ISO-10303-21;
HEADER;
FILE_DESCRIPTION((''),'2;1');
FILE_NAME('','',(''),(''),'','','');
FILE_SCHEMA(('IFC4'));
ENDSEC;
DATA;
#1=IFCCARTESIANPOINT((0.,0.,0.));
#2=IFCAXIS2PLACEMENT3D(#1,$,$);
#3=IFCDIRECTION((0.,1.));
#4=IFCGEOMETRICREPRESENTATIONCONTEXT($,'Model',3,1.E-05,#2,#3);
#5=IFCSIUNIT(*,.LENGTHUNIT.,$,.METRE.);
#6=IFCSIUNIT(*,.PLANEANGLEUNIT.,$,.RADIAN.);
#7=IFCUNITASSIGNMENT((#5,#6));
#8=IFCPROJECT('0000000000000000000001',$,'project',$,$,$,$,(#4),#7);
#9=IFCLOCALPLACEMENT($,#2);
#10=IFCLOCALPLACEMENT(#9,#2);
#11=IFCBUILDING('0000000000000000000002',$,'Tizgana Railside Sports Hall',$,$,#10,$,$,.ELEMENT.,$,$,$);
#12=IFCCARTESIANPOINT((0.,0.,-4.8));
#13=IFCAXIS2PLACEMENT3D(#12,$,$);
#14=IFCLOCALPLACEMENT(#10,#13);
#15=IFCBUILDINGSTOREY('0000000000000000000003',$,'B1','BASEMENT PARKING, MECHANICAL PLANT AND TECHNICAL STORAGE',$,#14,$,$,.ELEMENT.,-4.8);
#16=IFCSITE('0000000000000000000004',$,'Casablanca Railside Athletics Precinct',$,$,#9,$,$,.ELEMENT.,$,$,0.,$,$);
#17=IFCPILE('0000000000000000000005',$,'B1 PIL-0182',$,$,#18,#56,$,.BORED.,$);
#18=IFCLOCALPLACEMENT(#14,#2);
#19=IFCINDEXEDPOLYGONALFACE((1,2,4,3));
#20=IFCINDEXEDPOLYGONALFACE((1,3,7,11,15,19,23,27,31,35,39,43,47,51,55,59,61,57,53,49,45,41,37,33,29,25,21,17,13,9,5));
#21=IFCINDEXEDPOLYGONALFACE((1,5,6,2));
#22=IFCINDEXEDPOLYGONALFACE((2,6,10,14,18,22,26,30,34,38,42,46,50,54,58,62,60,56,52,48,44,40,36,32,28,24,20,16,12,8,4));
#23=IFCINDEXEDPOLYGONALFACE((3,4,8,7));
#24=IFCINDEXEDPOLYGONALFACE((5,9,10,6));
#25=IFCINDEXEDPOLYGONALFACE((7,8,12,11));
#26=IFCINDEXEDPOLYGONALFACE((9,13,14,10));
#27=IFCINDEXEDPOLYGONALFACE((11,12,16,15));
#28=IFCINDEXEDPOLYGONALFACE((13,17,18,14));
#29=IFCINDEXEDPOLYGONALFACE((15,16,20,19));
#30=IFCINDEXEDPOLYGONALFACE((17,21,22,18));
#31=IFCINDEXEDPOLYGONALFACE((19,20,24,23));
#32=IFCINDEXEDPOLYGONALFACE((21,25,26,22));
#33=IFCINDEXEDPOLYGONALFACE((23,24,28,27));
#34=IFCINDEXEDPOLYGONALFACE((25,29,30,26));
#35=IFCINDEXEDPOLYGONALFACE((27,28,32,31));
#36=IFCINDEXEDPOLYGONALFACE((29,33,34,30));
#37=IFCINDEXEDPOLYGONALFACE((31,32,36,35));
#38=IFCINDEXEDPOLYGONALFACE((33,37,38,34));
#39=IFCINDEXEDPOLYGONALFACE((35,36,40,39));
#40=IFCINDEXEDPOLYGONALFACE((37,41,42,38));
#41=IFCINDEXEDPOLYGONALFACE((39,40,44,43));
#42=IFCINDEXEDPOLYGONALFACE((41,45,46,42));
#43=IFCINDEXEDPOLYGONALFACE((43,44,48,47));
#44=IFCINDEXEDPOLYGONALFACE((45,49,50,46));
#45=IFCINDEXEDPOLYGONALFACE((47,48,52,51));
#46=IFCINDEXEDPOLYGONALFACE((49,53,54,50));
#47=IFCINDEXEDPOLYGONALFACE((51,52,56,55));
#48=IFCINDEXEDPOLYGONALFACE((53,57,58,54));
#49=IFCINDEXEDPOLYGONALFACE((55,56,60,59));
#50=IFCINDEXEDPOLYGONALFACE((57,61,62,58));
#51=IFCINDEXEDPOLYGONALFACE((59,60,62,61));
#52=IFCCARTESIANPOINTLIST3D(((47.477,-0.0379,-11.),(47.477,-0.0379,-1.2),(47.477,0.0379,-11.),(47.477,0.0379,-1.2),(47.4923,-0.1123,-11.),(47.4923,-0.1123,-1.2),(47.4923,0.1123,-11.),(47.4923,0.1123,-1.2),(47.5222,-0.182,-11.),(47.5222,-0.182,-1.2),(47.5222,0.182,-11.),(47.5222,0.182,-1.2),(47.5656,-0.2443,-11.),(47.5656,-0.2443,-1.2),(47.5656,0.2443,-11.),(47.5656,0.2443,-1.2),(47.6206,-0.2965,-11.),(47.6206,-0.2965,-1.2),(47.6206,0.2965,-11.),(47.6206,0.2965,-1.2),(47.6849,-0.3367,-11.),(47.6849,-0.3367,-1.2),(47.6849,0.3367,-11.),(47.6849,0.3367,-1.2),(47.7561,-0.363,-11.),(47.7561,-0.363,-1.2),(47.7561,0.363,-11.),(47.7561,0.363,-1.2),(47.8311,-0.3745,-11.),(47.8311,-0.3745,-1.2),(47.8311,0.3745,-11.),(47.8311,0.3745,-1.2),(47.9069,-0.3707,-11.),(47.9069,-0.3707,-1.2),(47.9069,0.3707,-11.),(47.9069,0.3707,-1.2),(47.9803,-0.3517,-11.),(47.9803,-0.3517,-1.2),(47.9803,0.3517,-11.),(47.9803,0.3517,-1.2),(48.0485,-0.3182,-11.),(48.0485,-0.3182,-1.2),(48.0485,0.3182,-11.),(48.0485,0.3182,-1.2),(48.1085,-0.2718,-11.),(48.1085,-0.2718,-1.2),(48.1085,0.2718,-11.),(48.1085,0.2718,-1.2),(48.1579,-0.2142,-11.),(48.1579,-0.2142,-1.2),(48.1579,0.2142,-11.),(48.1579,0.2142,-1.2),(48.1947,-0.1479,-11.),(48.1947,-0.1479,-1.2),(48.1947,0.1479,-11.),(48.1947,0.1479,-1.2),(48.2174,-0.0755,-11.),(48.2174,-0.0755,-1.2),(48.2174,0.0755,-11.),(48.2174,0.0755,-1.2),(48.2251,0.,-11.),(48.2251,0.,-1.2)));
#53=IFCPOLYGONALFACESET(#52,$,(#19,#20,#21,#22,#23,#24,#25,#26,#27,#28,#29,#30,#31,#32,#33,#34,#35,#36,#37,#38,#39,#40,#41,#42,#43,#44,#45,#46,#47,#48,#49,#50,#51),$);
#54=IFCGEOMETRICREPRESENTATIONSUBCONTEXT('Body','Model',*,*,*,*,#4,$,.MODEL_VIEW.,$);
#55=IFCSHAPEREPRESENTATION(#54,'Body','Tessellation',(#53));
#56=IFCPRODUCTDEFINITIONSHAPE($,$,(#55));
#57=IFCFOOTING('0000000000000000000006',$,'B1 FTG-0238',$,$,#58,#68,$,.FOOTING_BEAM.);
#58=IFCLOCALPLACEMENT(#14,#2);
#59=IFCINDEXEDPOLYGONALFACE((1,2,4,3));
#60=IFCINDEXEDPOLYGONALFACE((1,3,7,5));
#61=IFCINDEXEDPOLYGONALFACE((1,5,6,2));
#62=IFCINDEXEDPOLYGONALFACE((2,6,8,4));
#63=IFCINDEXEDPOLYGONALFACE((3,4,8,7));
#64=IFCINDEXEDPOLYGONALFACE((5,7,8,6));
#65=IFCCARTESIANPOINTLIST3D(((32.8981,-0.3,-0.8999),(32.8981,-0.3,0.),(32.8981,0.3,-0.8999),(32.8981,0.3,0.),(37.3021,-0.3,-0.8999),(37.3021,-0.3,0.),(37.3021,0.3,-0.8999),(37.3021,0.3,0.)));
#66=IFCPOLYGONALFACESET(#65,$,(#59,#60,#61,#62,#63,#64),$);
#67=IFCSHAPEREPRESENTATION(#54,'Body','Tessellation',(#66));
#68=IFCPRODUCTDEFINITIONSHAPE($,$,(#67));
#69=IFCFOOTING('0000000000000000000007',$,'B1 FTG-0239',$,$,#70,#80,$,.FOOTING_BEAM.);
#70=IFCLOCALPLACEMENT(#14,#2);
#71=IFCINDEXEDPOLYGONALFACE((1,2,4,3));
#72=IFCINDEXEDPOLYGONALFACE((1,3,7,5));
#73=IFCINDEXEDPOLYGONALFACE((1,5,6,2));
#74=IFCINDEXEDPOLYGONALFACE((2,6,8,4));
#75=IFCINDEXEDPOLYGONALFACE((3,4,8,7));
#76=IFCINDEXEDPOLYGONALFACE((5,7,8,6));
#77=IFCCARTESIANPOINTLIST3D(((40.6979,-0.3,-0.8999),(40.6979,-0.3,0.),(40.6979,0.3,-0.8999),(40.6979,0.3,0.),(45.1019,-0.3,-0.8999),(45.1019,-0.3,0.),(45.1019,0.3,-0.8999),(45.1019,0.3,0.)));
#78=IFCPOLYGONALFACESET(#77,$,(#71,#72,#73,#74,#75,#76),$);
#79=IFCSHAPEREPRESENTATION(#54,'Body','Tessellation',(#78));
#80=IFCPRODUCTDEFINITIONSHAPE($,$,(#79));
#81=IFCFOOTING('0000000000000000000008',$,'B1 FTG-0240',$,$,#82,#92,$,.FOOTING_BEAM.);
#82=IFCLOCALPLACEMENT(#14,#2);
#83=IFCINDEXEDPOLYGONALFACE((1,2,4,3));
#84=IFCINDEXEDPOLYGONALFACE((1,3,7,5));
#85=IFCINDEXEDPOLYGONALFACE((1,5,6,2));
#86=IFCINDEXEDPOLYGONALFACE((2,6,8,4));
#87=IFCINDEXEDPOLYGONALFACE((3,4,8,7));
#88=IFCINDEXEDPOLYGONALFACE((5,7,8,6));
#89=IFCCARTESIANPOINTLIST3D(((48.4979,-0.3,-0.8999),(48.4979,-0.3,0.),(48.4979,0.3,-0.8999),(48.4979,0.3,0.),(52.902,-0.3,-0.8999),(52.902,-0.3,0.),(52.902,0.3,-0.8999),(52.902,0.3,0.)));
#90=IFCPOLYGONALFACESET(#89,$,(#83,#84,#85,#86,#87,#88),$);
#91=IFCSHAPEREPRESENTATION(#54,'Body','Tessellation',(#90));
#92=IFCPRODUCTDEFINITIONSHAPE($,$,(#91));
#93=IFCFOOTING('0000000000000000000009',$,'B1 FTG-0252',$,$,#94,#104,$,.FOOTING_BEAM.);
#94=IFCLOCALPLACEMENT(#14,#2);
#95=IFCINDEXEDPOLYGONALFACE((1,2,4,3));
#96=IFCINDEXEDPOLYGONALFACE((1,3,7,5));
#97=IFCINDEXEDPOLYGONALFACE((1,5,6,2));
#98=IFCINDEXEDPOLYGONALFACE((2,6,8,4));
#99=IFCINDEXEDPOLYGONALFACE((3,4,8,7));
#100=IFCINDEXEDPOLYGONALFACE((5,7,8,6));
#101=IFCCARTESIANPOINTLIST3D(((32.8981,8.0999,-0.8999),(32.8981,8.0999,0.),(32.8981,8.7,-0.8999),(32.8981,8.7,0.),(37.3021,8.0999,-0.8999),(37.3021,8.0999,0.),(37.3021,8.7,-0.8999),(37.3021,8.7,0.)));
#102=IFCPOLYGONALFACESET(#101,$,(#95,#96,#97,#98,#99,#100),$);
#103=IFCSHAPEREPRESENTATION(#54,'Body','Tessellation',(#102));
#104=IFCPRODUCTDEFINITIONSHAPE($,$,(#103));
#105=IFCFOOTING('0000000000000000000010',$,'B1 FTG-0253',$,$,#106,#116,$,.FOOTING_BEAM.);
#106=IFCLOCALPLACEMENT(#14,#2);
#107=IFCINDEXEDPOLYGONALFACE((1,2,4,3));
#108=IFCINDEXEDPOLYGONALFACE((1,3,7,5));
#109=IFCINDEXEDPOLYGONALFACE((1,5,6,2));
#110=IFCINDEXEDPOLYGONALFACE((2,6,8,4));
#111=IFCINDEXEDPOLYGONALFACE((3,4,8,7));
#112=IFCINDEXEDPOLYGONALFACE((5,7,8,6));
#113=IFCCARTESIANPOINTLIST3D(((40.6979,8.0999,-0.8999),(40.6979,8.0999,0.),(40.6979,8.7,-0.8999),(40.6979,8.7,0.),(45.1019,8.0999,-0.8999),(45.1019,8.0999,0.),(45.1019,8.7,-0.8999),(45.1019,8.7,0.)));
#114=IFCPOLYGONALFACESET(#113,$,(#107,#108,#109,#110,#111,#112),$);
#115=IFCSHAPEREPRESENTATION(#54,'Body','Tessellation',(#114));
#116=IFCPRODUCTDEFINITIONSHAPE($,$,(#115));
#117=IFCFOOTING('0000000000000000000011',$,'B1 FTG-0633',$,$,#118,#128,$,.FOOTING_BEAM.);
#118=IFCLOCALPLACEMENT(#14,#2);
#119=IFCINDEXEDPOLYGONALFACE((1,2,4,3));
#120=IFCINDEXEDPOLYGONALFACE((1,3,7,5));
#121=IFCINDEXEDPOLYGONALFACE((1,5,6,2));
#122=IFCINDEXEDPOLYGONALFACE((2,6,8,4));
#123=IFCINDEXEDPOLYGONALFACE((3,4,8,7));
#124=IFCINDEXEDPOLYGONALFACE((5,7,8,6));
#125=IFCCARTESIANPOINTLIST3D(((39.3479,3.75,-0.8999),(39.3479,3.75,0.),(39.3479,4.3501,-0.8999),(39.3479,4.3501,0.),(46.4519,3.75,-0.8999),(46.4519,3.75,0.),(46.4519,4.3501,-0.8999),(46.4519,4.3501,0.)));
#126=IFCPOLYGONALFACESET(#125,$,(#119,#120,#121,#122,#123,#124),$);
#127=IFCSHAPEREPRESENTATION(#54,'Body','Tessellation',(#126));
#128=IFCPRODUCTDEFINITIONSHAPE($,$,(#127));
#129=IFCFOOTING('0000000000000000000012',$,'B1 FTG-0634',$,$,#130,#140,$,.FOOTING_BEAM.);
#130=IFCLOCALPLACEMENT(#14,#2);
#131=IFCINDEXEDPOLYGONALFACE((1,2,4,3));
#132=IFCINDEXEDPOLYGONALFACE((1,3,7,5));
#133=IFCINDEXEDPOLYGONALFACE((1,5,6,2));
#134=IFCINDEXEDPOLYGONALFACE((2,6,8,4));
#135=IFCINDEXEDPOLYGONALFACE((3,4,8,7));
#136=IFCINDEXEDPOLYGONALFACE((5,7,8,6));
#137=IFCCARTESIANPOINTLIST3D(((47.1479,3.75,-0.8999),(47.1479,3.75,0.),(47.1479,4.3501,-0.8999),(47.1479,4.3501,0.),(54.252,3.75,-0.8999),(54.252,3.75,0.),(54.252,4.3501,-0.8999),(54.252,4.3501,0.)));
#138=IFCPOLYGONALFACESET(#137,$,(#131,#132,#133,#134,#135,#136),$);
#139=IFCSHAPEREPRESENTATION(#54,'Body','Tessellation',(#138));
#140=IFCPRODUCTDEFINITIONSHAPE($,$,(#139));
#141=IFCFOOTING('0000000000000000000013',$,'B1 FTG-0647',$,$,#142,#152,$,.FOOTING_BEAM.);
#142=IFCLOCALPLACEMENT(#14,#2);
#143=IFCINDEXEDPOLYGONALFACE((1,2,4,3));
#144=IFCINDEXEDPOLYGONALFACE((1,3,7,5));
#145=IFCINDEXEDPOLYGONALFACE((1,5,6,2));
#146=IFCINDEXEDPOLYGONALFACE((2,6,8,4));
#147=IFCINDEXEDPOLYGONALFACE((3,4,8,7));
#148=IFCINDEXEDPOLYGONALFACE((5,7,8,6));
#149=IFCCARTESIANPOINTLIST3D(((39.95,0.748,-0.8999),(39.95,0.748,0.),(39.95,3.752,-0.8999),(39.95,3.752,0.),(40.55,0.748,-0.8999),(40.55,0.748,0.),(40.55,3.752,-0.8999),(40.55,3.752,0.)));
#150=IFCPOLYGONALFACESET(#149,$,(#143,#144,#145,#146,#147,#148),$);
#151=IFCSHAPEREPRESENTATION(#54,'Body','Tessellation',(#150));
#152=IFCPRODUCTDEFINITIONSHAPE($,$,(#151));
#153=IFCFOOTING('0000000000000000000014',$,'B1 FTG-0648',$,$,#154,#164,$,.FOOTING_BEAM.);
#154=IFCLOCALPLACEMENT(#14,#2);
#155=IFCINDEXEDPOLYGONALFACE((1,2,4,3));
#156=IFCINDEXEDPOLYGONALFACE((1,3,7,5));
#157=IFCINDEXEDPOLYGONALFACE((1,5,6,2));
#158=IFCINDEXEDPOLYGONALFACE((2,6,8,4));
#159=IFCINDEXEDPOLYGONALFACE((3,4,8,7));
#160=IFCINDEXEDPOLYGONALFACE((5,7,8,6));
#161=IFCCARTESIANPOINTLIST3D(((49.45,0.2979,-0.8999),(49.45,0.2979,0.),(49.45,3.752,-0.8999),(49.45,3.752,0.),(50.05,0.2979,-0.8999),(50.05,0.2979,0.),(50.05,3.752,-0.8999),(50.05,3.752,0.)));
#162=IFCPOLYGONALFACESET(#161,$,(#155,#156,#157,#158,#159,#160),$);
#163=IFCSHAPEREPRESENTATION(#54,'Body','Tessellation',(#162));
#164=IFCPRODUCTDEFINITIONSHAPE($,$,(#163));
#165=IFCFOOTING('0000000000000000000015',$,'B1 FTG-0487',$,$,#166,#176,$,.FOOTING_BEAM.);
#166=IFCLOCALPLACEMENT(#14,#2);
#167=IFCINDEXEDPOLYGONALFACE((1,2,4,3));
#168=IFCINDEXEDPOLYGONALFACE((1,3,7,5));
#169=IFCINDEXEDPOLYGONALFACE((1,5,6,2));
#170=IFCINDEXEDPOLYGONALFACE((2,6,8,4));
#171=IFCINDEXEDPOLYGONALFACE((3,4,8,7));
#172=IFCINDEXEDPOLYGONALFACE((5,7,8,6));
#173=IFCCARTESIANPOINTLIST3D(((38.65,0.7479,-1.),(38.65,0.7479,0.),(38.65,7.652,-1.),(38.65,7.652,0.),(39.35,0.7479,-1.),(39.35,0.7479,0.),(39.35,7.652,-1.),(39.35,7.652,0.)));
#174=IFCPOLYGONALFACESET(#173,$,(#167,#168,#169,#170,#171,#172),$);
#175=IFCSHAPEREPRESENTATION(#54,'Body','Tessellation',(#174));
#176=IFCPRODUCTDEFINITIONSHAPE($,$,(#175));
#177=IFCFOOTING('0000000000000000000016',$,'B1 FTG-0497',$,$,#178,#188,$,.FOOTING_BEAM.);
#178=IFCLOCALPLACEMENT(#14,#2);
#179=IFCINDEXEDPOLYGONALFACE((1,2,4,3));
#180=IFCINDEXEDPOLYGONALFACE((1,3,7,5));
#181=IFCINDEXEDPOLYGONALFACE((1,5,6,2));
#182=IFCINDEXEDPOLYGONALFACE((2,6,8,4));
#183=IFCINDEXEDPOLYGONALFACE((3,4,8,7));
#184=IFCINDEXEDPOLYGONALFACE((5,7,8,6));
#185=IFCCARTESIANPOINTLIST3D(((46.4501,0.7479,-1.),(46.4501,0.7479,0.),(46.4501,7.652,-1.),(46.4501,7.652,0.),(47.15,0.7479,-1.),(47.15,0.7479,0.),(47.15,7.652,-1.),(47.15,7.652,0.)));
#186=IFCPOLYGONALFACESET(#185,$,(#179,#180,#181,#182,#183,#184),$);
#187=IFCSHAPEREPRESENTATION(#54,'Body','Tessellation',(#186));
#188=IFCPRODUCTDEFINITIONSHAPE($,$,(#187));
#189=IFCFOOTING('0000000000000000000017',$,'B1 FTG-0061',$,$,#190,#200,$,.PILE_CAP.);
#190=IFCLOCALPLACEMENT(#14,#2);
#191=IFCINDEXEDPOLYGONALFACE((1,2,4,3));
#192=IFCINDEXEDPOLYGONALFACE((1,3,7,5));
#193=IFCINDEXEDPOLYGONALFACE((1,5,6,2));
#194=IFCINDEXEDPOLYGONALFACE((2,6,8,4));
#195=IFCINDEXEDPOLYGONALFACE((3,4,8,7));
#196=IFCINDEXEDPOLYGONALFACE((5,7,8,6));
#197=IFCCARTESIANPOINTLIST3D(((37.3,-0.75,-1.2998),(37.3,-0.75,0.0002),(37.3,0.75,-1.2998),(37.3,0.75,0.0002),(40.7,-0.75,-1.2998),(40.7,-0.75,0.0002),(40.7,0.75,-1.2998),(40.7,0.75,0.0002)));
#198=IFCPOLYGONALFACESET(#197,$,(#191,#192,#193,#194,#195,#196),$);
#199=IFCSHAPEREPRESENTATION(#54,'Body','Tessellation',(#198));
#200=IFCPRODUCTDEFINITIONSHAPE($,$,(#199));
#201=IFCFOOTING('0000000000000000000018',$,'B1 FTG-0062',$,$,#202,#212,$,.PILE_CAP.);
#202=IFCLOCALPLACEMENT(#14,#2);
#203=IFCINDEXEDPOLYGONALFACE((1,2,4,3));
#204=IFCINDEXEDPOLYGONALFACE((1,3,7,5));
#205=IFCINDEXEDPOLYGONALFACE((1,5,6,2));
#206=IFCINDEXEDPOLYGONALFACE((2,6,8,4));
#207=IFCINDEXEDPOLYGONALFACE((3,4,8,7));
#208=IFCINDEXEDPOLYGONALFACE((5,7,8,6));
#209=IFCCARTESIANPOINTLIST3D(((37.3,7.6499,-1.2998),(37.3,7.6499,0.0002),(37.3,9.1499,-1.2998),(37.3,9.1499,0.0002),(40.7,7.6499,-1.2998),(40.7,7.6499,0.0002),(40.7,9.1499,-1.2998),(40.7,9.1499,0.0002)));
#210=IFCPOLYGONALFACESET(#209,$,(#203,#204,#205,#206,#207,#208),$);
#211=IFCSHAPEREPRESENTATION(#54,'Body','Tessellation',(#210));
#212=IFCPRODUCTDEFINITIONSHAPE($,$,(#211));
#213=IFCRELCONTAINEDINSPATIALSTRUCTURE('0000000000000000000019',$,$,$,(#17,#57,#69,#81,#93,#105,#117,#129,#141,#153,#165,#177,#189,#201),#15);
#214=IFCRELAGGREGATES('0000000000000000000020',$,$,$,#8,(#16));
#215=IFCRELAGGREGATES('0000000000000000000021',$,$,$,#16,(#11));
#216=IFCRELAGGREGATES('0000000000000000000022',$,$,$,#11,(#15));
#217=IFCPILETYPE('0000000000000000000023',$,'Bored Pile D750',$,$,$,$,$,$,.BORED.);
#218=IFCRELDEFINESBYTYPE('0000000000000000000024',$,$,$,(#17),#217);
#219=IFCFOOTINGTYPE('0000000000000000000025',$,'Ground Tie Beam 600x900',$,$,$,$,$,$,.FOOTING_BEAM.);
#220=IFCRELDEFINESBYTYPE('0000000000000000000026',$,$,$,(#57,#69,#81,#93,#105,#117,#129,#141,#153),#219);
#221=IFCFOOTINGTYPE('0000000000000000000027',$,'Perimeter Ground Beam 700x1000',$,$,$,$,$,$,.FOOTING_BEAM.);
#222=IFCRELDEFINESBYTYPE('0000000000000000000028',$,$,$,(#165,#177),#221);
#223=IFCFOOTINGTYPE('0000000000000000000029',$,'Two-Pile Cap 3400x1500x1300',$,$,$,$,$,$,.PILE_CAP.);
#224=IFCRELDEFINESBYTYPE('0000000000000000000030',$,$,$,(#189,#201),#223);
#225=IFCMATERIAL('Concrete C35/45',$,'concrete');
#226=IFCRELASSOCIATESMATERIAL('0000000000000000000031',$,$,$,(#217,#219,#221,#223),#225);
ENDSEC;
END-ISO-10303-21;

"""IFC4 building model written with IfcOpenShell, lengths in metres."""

from ifc_helpers import new_model, si_unit, direction, frame, origin, origin_2d, place, context, subcontext, project, spatial, rectangle, circle, extrude, material, material_profile, profile_set, type_object, element, save


model = new_model("IFC4")

# Units and contexts
model_context = context("Model", 3, precision=1e-05, world=origin(), true_north=direction((0.0, 1.0)))
body_context = subcontext(model_context, "Body", "Model", "MODEL_VIEW")
ifc_project = project(units=[si_unit("LENGTHUNIT", "METRE"), si_unit("PLANEANGLEUNIT", "RADIAN")], contexts=[model_context])

# Site, building, storey
site_placement = place(None, origin())
site = spatial("IfcSite", under=ifc_project, at=site_placement, Name="Casablanca Railside Athletics Precinct", CompositionType="ELEMENT", RefElevation=0.0)
building_placement = place(site_placement, origin())
building = spatial("IfcBuilding", under=site, at=building_placement, Name="Tizgana Railside Sports Hall", CompositionType="ELEMENT")
storey_placement = place(building_placement, frame((0.0, 0.0, -4.8)))
storey = spatial("IfcBuildingStorey", under=building, at=storey_placement, Name="B1", Description="BASEMENT PARKING, MECHANICAL PLANT AND TECHNICAL STORAGE", CompositionType="ELEMENT", Elevation=-4.8)

# Pile
ifc_material_1 = material(Name="Concrete C35/45", Category="concrete")
ifc_material_profile_1 = material_profile(ifc_material_1, circle(Radius=0.375, at=origin_2d()), Name="PILE D750")
ifc_profile_set_1 = profile_set([ifc_material_profile_1], Name="Concrete C35/45")
pile_type = type_object("IfcPileType", Name="Bored Pile D750", PredefinedType="BORED", material=ifc_profile_set_1)
for number, where, z_axis, x_axis, name in (
    (1, (47.8501, 0.0, -1.2), (0.0, 0.0, -1.0), (1.0, 0.0, 0.0), "B1 PIL-0182"),
):
    element("IfcPile", number, at=place(storey_placement, frame(where, z_axis=z_axis, x_axis=x_axis)), inside=storey, type_object=pile_type, Name=name, PredefinedType="BORED", context=body_context, shape_type="SweptSolid", body=[
        extrude(circle(Radius=0.375, at=origin_2d()), origin(), (0.0, 0.0, 1.0), 9.8),
    ])

# Footings
footing_type_1 = type_object("IfcFootingType", Name="Ground Tie Beam 600x900", PredefinedType="FOOTING_BEAM", material=ifc_material_1)
for number, where, z_axis, x_axis, name in (
    (2, (35.1001, 0.0, -0.8999), (0.0, 0.0, 1.0), (1.0, 0.0, 0.0), "B1 FTG-0238"),
    (3, (42.8999, 0.0, -0.8999), (0.0, 0.0, 1.0), (1.0, 0.0, 0.0), "B1 FTG-0239"),
    (4, (50.7, 0.0, -0.8999), (0.0, 0.0, 1.0), (1.0, 0.0, 0.0), "B1 FTG-0240"),
    (5, (35.1001, 8.3999, -0.8999), (0.0, 0.0, 1.0), (1.0, 0.0, 0.0), "B1 FTG-0252"),
    (6, (42.8999, 8.3999, -0.8999), (0.0, 0.0, 1.0), (1.0, 0.0, 0.0), "B1 FTG-0253"),
):
    element("IfcFooting", number, at=place(storey_placement, frame(where, z_axis=z_axis, x_axis=x_axis)), inside=storey, type_object=footing_type_1, Name=name, PredefinedType="FOOTING_BEAM", context=body_context, shape_type="SweptSolid", body=[
        extrude(rectangle(XDim=4.4041, YDim=0.6001, at=origin_2d()), origin(), (0.0, 0.0, 1.0), 0.8999),
    ])
for number, where, z_axis, x_axis, name in (
    (7, (42.8999, 4.05, -0.8999), (0.0, 0.0, 1.0), (1.0, 0.0, 0.0), "B1 FTG-0633"),
    (8, (50.7, 4.05, -0.8999), (0.0, 0.0, 1.0), (1.0, 0.0, 0.0), "B1 FTG-0634"),
):
    element("IfcFooting", number, at=place(storey_placement, frame(where, z_axis=z_axis, x_axis=x_axis)), inside=storey, type_object=footing_type_1, Name=name, PredefinedType="FOOTING_BEAM", context=body_context, shape_type="SweptSolid", body=[
        extrude(rectangle(XDim=7.104, YDim=0.6001, at=origin_2d()), origin(), (0.0, 0.0, 1.0), 0.8999),
    ])
footing_1_placement = place(storey_placement, frame((40.25, 2.25, -0.8999), z_axis=(0.0, 0.0, 1.0), x_axis=(0.0, 1.0, 0.0)))
element("IfcFooting", 9, at=footing_1_placement, inside=storey, type_object=footing_type_1, Name="B1 FTG-0647", PredefinedType="FOOTING_BEAM", context=body_context, shape_type="SweptSolid", body=[
    extrude(rectangle(XDim=3.0039, YDim=0.6001, at=origin_2d()), origin(), (0.0, 0.0, 1.0), 0.8999),
])
footing_2_placement = place(storey_placement, frame((49.75, 2.0249, -0.8999), z_axis=(0.0, 0.0, 1.0), x_axis=(0.0, 1.0, 0.0)))
element("IfcFooting", 10, at=footing_2_placement, inside=storey, type_object=footing_type_1, Name="B1 FTG-0648", PredefinedType="FOOTING_BEAM", context=body_context, shape_type="SweptSolid", body=[
    extrude(rectangle(XDim=3.4541, YDim=0.6001, at=origin_2d()), origin(), (0.0, 0.0, 1.0), 0.8999),
])
footing_type_2 = type_object("IfcFootingType", Name="Perimeter Ground Beam 700x1000", PredefinedType="FOOTING_BEAM", material=ifc_material_1)
for number, where, z_axis, x_axis, name in (
    (11, (39.0, 4.2, -1.0), (0.0, 0.0, 1.0), (0.0, 1.0, 0.0), "B1 FTG-0487"),
    (12, (46.8, 4.2, -1.0), (0.0, 0.0, 1.0), (0.0, 1.0, 0.0), "B1 FTG-0497"),
):
    element("IfcFooting", number, at=place(storey_placement, frame(where, z_axis=z_axis, x_axis=x_axis)), inside=storey, type_object=footing_type_2, Name=name, PredefinedType="FOOTING_BEAM", context=body_context, shape_type="SweptSolid", body=[
        extrude(rectangle(XDim=6.9041, YDim=0.7, at=origin_2d()), origin(), (0.0, 0.0, 1.0), 1.0),
    ])
footing_type_3 = type_object("IfcFootingType", Name="Two-Pile Cap 3400x1500x1300", PredefinedType="PILE_CAP", material=ifc_material_1)
for number, where, z_axis, x_axis, name in (
    (13, (39.0, 0.0, -1.2998), (0.0, 0.0, 1.0), (1.0, 0.0, 0.0), "B1 FTG-0061"),
    (14, (39.0, 8.3999, -1.2998), (0.0, 0.0, 1.0), (1.0, 0.0, 0.0), "B1 FTG-0062"),
):
    element("IfcFooting", number, at=place(storey_placement, frame(where, z_axis=z_axis, x_axis=x_axis)), inside=storey, type_object=footing_type_3, Name=name, PredefinedType="PILE_CAP", context=body_context, shape_type="SweptSolid", body=[
        extrude(rectangle(XDim=3.3999, YDim=1.5, at=origin_2d()), origin(), (0.0, 0.0, 1.0), 1.3),
    ])

save(model, "model.ifc")
